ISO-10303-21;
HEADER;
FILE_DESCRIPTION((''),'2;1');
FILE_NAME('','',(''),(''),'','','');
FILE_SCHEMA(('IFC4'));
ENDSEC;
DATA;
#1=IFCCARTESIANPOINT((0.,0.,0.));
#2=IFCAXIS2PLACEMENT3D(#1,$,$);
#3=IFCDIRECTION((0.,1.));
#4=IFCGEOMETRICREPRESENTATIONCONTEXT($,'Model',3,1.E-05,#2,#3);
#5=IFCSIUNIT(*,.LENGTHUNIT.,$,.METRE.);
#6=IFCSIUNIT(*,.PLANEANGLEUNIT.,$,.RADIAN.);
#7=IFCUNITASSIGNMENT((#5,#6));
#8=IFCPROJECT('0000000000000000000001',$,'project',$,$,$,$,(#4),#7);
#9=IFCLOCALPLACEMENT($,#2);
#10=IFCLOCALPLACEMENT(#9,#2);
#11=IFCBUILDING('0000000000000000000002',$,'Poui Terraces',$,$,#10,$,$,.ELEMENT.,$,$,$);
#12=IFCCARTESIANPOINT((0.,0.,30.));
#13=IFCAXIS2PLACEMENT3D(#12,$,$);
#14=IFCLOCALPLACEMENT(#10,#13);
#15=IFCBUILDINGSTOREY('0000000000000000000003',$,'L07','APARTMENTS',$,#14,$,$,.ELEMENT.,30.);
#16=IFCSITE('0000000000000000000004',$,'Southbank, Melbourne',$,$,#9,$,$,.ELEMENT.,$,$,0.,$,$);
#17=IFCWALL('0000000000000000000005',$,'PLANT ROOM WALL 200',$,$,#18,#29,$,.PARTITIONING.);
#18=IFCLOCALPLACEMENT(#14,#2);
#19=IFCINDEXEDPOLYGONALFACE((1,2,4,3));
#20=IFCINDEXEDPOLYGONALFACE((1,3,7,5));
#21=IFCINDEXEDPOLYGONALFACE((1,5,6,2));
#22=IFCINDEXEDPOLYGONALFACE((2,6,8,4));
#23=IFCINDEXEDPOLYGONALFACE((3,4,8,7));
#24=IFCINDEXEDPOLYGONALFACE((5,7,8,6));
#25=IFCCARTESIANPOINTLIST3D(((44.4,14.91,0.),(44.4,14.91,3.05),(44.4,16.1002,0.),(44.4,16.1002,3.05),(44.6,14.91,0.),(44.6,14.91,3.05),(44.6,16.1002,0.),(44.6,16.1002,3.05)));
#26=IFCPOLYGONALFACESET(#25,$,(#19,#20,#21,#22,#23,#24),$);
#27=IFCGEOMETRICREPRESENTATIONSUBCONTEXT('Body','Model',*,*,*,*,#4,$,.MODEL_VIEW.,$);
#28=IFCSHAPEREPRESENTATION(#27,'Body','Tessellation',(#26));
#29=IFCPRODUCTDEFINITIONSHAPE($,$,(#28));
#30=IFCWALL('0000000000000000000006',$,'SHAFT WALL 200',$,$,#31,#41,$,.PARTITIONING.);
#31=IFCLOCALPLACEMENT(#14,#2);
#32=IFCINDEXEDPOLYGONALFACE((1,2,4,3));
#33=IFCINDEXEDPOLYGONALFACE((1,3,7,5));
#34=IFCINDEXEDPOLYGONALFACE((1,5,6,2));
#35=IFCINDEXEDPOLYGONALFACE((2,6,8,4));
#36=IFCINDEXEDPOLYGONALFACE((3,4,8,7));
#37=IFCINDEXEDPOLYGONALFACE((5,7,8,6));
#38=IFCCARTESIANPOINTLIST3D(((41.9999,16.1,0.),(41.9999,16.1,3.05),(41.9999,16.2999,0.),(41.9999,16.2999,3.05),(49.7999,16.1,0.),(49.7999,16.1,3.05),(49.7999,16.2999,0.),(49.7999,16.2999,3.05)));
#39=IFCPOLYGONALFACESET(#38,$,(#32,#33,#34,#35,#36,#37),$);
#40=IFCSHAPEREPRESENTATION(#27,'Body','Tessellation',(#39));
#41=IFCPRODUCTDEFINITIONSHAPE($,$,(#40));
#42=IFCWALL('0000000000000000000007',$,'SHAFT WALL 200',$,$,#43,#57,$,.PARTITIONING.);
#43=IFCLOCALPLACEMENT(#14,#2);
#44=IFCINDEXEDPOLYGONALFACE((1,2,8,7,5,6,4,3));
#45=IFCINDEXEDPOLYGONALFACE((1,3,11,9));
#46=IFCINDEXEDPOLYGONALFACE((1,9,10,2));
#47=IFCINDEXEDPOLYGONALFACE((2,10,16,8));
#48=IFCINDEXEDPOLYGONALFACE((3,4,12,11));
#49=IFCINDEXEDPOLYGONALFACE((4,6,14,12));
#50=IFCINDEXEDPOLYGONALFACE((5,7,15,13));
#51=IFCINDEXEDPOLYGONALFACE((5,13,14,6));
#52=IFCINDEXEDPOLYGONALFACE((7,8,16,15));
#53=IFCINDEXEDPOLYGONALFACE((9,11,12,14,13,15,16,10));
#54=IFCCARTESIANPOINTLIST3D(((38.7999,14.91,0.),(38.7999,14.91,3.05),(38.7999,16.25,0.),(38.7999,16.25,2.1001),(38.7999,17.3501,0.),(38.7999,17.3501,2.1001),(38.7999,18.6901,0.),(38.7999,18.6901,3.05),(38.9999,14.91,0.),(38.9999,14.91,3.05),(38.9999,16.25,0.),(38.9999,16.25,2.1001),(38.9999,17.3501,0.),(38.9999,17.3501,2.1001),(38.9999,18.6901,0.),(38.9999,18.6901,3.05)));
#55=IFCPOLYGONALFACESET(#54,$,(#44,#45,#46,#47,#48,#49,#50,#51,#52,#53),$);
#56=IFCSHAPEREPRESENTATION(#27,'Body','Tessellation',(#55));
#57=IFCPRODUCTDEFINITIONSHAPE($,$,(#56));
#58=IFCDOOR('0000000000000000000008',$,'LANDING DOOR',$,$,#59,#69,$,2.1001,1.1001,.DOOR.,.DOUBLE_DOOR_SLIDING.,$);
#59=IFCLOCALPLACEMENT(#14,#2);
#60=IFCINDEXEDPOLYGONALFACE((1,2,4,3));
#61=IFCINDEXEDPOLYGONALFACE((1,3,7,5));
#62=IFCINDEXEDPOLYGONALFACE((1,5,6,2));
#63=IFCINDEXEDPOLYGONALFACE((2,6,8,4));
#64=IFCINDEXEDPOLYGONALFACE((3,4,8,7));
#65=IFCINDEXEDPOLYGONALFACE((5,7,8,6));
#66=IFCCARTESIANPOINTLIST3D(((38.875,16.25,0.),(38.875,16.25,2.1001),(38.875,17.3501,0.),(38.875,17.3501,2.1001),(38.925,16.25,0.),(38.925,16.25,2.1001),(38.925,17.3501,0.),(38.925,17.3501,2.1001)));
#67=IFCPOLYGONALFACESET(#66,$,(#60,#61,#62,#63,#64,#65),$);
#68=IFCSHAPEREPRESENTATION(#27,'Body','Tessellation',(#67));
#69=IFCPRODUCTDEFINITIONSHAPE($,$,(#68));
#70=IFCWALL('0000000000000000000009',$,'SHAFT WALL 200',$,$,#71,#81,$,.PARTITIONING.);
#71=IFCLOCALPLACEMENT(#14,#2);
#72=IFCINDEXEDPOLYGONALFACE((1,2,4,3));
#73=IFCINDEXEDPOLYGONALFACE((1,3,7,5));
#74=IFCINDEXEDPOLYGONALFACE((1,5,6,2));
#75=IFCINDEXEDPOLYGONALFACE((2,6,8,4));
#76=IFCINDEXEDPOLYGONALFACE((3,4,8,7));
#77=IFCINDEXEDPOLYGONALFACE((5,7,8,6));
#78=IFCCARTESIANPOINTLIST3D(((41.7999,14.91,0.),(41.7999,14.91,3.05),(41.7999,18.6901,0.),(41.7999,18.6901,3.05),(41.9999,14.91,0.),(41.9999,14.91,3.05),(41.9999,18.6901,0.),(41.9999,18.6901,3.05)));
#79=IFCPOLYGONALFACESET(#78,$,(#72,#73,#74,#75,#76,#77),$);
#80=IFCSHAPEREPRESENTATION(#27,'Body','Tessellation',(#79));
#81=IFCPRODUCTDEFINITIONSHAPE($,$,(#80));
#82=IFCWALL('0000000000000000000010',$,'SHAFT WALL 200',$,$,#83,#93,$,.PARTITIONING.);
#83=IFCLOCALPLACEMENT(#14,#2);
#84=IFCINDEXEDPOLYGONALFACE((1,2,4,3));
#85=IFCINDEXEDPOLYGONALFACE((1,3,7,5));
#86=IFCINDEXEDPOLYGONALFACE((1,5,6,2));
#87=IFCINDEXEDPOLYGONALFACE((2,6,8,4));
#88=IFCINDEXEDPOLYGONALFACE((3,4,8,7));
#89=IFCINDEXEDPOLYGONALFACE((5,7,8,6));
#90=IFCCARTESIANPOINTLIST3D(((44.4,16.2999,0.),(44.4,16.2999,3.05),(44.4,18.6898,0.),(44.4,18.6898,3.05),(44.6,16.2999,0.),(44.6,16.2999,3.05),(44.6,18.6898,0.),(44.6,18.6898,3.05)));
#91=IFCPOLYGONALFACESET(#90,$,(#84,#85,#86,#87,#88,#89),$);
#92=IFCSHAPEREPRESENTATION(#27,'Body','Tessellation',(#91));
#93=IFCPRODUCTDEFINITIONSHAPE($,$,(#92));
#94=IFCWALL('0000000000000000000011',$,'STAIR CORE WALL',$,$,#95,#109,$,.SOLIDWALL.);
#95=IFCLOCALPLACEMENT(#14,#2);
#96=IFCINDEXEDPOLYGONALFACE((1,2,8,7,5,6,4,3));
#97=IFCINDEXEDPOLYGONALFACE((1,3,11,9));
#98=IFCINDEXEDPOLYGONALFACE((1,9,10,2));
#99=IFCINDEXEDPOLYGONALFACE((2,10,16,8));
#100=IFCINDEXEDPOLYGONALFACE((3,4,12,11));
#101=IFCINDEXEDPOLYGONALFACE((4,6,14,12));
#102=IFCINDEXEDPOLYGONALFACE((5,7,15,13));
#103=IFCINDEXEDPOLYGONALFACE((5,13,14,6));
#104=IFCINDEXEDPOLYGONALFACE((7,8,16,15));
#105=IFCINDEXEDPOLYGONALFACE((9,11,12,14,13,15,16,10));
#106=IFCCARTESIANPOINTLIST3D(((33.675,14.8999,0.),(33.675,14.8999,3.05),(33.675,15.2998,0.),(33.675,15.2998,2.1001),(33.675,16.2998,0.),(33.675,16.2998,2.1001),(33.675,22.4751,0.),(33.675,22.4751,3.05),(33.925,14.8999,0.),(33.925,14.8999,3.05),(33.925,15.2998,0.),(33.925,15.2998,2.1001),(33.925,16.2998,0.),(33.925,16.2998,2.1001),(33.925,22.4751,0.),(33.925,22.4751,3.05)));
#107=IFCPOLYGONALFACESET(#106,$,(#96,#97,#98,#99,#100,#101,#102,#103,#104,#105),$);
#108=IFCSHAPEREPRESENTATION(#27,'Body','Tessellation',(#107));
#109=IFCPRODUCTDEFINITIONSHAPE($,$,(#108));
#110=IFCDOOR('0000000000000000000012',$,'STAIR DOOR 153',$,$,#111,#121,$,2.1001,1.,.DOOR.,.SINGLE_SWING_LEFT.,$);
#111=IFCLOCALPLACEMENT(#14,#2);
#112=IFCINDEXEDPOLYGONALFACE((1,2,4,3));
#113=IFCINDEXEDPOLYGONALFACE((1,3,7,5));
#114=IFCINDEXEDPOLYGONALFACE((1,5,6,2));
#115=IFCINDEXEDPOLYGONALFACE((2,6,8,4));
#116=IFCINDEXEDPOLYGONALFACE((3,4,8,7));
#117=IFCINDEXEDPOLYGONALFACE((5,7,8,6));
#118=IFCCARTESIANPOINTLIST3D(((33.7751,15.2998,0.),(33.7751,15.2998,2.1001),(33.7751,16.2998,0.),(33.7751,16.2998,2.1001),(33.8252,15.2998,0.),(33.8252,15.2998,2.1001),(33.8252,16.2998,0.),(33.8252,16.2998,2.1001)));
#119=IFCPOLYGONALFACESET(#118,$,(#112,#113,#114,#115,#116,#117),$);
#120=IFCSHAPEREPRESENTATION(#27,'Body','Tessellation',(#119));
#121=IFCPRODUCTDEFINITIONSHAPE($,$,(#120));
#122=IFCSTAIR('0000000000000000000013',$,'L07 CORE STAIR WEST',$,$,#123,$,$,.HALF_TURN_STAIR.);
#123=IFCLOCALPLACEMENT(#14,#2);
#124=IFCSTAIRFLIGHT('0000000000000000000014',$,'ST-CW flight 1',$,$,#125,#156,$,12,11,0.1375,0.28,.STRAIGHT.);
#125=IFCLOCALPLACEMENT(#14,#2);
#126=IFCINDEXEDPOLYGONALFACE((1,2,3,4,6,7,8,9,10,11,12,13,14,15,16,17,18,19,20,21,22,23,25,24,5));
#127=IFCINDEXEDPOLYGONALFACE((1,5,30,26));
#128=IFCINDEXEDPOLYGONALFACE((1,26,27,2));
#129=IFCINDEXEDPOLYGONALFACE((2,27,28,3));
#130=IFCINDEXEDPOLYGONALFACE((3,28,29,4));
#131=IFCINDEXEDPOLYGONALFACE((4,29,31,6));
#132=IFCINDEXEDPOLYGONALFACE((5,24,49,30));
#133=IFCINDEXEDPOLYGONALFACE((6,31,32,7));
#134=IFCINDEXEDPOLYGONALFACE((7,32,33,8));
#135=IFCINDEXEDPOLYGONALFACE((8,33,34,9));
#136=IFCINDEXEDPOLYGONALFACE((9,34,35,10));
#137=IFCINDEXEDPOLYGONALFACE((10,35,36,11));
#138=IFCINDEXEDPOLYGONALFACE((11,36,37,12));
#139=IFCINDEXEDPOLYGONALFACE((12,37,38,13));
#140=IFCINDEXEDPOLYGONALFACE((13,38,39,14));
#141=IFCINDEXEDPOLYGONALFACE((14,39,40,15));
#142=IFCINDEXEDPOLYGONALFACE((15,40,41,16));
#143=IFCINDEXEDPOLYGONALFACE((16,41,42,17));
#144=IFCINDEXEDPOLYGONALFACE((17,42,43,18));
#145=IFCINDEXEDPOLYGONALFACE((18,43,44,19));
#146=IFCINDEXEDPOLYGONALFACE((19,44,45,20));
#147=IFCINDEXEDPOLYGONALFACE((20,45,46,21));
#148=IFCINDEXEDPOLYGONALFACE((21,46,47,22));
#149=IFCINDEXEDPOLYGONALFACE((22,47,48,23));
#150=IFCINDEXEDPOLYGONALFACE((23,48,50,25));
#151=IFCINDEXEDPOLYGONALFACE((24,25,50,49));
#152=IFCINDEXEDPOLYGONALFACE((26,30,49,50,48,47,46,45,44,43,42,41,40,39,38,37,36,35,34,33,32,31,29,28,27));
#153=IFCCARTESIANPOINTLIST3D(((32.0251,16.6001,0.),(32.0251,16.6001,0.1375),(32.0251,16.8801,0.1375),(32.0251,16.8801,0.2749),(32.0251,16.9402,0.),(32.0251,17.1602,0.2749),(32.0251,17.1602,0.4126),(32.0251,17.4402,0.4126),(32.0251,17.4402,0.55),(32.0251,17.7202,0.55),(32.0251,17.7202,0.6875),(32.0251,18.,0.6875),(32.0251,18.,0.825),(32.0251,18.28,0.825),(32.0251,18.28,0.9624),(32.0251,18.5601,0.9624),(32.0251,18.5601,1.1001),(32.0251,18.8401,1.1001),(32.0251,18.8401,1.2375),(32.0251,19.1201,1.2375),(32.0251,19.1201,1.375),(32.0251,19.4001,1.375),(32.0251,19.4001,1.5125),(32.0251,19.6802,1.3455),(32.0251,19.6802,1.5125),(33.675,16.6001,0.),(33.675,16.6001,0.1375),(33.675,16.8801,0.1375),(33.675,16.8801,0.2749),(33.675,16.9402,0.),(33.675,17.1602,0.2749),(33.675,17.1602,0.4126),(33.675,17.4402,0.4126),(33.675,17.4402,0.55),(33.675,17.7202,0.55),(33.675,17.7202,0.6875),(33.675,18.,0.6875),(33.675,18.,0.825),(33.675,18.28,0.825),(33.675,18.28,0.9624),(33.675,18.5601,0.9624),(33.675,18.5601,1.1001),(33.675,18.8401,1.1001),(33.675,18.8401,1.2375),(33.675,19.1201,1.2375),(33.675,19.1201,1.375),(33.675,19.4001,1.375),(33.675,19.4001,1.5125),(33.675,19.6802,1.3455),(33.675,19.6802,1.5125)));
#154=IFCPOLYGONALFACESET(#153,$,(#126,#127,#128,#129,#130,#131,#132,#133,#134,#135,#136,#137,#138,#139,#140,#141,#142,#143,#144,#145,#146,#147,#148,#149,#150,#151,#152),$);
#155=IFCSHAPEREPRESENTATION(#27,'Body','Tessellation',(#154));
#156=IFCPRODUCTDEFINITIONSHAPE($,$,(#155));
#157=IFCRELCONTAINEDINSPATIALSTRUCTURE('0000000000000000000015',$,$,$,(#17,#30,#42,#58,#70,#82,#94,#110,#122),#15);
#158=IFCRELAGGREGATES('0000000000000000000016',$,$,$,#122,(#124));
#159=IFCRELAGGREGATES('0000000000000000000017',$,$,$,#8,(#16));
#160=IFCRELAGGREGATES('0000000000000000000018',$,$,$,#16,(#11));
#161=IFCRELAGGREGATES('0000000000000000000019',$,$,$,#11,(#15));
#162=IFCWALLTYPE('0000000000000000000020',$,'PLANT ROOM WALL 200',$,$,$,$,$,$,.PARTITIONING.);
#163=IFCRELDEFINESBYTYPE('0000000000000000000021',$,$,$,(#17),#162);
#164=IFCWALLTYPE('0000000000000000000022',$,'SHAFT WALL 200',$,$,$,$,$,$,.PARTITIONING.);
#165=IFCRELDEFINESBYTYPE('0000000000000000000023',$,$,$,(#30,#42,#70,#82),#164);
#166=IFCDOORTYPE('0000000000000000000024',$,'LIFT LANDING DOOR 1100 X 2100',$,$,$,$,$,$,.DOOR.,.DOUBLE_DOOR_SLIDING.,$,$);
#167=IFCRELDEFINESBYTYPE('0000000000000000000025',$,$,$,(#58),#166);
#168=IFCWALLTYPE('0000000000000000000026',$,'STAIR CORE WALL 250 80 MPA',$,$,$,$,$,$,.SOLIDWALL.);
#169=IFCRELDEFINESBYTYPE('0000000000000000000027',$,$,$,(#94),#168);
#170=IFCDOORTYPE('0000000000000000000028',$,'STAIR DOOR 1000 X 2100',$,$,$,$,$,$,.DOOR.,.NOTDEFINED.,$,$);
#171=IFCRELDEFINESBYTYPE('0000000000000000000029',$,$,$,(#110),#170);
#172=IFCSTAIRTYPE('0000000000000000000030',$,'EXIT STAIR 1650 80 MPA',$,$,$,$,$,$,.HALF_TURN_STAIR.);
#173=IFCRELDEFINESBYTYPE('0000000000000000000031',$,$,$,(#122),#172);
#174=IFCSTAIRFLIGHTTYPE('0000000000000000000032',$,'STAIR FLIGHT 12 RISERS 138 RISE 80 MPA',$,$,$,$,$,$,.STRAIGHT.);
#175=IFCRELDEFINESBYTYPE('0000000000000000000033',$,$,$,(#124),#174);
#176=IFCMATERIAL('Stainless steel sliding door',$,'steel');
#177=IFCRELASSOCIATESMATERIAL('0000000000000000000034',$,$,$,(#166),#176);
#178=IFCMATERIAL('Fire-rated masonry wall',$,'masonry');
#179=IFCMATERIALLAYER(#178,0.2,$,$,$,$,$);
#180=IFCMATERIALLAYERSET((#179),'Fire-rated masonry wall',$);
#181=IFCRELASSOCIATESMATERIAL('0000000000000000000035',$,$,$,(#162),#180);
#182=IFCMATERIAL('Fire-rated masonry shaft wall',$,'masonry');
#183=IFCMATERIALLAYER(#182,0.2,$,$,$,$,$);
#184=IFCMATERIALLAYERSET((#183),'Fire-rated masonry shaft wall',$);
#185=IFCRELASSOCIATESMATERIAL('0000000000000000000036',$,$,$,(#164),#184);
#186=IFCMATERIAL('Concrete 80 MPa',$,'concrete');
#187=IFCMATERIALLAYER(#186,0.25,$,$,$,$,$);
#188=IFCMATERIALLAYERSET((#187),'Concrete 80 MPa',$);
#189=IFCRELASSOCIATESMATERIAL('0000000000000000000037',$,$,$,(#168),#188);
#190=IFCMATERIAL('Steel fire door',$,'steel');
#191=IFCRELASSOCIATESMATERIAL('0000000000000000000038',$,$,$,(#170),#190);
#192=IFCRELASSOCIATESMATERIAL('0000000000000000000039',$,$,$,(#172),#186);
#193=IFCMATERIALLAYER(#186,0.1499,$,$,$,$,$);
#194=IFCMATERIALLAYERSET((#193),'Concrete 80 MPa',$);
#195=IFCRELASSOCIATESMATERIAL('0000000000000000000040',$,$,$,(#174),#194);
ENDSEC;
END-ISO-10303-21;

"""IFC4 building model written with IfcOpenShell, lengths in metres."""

from ifc_helpers import new_model, si_unit, direction, frame, frame_2d, origin, place, context, subcontext, project, spatial, polyline, rectangle, outline, extrude, material, layer, layer_set, type_object, element, fill, aggregate, save


model = new_model("IFC4")

# Units and contexts
model_context = context("Model", 3, precision=1e-05, world=origin(), true_north=direction((0.0, 1.0)))
body_context = subcontext(model_context, "Body", "Model", "MODEL_VIEW")
ifc_project = project(units=[si_unit("LENGTHUNIT", "METRE"), si_unit("PLANEANGLEUNIT", "RADIAN")], contexts=[model_context])

# Site, building, storey
site_placement = place(None, origin())
site = spatial("IfcSite", under=ifc_project, at=site_placement, Name="Southbank, Melbourne", CompositionType="ELEMENT", RefElevation=0.0)
building_placement = place(site_placement, origin())
building = spatial("IfcBuilding", under=site, at=building_placement, Name="Poui Terraces", CompositionType="ELEMENT")
storey_placement = place(building_placement, frame((0.0, 0.0, 30.0)))
storey = spatial("IfcBuildingStorey", under=building, at=storey_placement, Name="L07", Description="APARTMENTS", CompositionType="ELEMENT", Elevation=30.0)

# Shared definitions
ifc_material_1 = material(Name="Concrete 80 MPa", Category="concrete")
ifc_material_2 = material(Name="Steel fire door", Category="steel")
ifc_material_3 = material(Name="Stainless steel sliding door", Category="steel")
door_type_1 = type_object("IfcDoorType", Name="LIFT LANDING DOOR 1100 X 2100", OperationType="DOUBLE_DOOR_SLIDING", PredefinedType="DOOR", material=ifc_material_3)

# Walls
ifc_material_4 = material(Name="Fire-rated masonry wall", Category="masonry")
ifc_layer_1 = layer(ifc_material_4, 0.2)
ifc_layer_set_1 = layer_set([ifc_layer_1], Name="Fire-rated masonry wall")
wall_type_1 = type_object("IfcWallType", Name="PLANT ROOM WALL 200", PredefinedType="PARTITIONING", material=ifc_layer_set_1)
wall_1_placement = place(storey_placement, frame((44.5, 14.9099, 0.0), z_axis=(0.0, 0.0, 1.0), x_axis=(0.0, 1.0, 0.0)))
element("IfcWall", 1, at=wall_1_placement, inside=storey, type_object=wall_type_1, Name="PLANT ROOM WALL 200", PredefinedType="PARTITIONING", context=body_context, shape_type="SweptSolid", body=[
    extrude(rectangle(XDim=1.1902, YDim=0.2, at=frame_2d((0.5952, 0.0))), origin(), (0.0, 0.0, 1.0), 3.05),
])
ifc_material_5 = material(Name="Fire-rated masonry shaft wall", Category="masonry")
ifc_layer_2 = layer(ifc_material_5, 0.2)
ifc_layer_set_2 = layer_set([ifc_layer_2], Name="Fire-rated masonry shaft wall")
wall_type_2 = type_object("IfcWallType", Name="SHAFT WALL 200", PredefinedType="PARTITIONING", material=ifc_layer_set_2)
wall_2_placement = place(storey_placement, frame((42.0, 16.2, 0.0), z_axis=(0.0, 0.0, 1.0), x_axis=(1.0, 0.0, 0.0)))
element("IfcWall", 2, at=wall_2_placement, inside=storey, type_object=wall_type_2, Name="SHAFT WALL 200", PredefinedType="PARTITIONING", context=body_context, shape_type="SweptSolid", body=[
    extrude(rectangle(XDim=7.8, YDim=0.2, at=frame_2d((3.8999, 0.0))), origin(), (0.0, 0.0, 1.0), 3.05),
])

# Wall, opening, door
wall_3_placement = place(storey_placement, frame((38.8999, 14.9099, 0.0), z_axis=(0.0, 0.0, 1.0), x_axis=(0.0, 1.0, 0.0)))
wall_3 = element("IfcWall", 3, at=wall_3_placement, inside=storey, type_object=wall_type_2, Name="SHAFT WALL 200", PredefinedType="PARTITIONING", context=body_context, shape_type="SweptSolid", body=[
    extrude(rectangle(XDim=3.78, YDim=0.2, at=frame_2d((1.8901, 0.0))), origin(), (0.0, 0.0, 1.0), 3.05),
])
opening_1_placement = place(wall_3_placement, frame((1.3401, 0.0, 0.0)))
opening_1 = element("IfcOpeningElement", 4, at=opening_1_placement, cuts=wall_3, PredefinedType="OPENING", context=body_context, shape_type="SweptSolid", body=[
    extrude(rectangle(XDim=1.1001, YDim=2.1001, at=frame_2d((0.55, 1.05))), frame((0.0, 0.1099, 0.0), z_axis=(0.0, -1.0, 0.0), x_axis=(1.0, 0.0, 0.0)), (0.0, 0.0, 1.0), 0.22),
])
door_1_placement = place(opening_1_placement, origin())
door_1 = element("IfcDoor", 5, at=door_1_placement, inside=storey, type_object=door_type_1, Name="LANDING DOOR", OperationType="DOUBLE_DOOR_SLIDING", OverallHeight=2.1001, OverallWidth=1.1001, PredefinedType="DOOR", context=body_context, shape_type="SweptSolid", body=[
    extrude(rectangle(XDim=1.1001, YDim=2.1001, at=frame_2d((0.55, 1.05))), frame((0.0, 0.0249, 0.0), z_axis=(0.0, -1.0, 0.0), x_axis=(1.0, 0.0, 0.0)), (0.0, 0.0, 1.0), 0.05),
])
fill(opening_1, door_1)

# Walls
wall_4_placement = place(storey_placement, frame((41.8999, 14.9099, 0.0), z_axis=(0.0, 0.0, 1.0), x_axis=(0.0, 1.0, 0.0)))
element("IfcWall", 6, at=wall_4_placement, inside=storey, type_object=wall_type_2, Name="SHAFT WALL 200", PredefinedType="PARTITIONING", context=body_context, shape_type="SweptSolid", body=[
    extrude(rectangle(XDim=3.78, YDim=0.2, at=frame_2d((1.8901, 0.0))), origin(), (0.0, 0.0, 1.0), 3.05),
])
wall_5_placement = place(storey_placement, frame((44.5, 16.3, 0.0), z_axis=(0.0, 0.0, 1.0), x_axis=(0.0, 1.0, 0.0)))
element("IfcWall", 7, at=wall_5_placement, inside=storey, type_object=wall_type_2, Name="SHAFT WALL 200", PredefinedType="PARTITIONING", context=body_context, shape_type="SweptSolid", body=[
    extrude(rectangle(XDim=2.3899, YDim=0.2, at=frame_2d((1.1948, 0.0))), origin(), (0.0, 0.0, 1.0), 3.05),
])

# Wall, opening, door
ifc_layer_3 = layer(ifc_material_1, 0.25)
ifc_layer_set_3 = layer_set([ifc_layer_3], Name="Concrete 80 MPa")
wall_type_3 = type_object("IfcWallType", Name="STAIR CORE WALL 250 80 MPA", PredefinedType="SOLIDWALL", material=ifc_layer_set_3)
wall_6_placement = place(storey_placement, frame((33.8, 14.8999, 0.0), z_axis=(0.0, 0.0, 1.0), x_axis=(0.0, 1.0, 0.0)))
wall_6 = element("IfcWall", 8, at=wall_6_placement, inside=storey, type_object=wall_type_3, Name="STAIR CORE WALL", PredefinedType="SOLIDWALL", context=body_context, shape_type="SweptSolid", body=[
    extrude(rectangle(XDim=7.5752, YDim=0.25, at=frame_2d((3.7876, 0.0))), origin(), (0.0, 0.0, 1.0), 3.05),
])
opening_2_placement = place(wall_6_placement, frame((0.3999, 0.0, 0.0)))
opening_2 = element("IfcOpeningElement", 9, at=opening_2_placement, cuts=wall_6, PredefinedType="OPENING", context=body_context, shape_type="SweptSolid", body=[
    extrude(rectangle(XDim=1.0, YDim=2.1001, at=frame_2d((0.5, 1.05))), frame((0.0, 0.135, 0.0), z_axis=(0.0, -1.0, 0.0), x_axis=(1.0, 0.0, 0.0)), (0.0, 0.0, 1.0), 0.27),
])
door_type_2 = type_object("IfcDoorType", Name="STAIR DOOR 1000 X 2100", OperationType="NOTDEFINED", PredefinedType="DOOR", material=ifc_material_2)
door_2_placement = place(opening_2_placement, origin())
door_2 = element("IfcDoor", 10, at=door_2_placement, inside=storey, type_object=door_type_2, Name="STAIR DOOR 153", OperationType="SINGLE_SWING_LEFT", OverallHeight=2.1001, OverallWidth=1.0, PredefinedType="DOOR", context=body_context, shape_type="SweptSolid", body=[
    extrude(rectangle(XDim=1.0, YDim=2.1001, at=frame_2d((0.5, 1.05))), frame((0.0, 0.0249, 0.0), z_axis=(0.0, -1.0, 0.0), x_axis=(1.0, 0.0, 0.0)), (0.0, 0.0, 1.0), 0.05),
])
fill(opening_2, door_2)

# Stair, stair flight
stair_type = type_object("IfcStairType", Name="EXIT STAIR 1650 80 MPA", PredefinedType="HALF_TURN_STAIR", material=ifc_material_1)
stair_placement = place(storey_placement, origin())
stair = element("IfcStair", 11, at=stair_placement, inside=storey, type_object=stair_type, Name="L07 CORE STAIR WEST", PredefinedType="HALF_TURN_STAIR")
ifc_layer_4 = layer(ifc_material_1, 0.1499)
ifc_layer_set_4 = layer_set([ifc_layer_4], Name="Concrete 80 MPa")
stair_flight_type = type_object("IfcStairFlightType", Name="STAIR FLIGHT 12 RISERS 138 RISE 80 MPA", PredefinedType="STRAIGHT", material=ifc_layer_set_4)
stair_flight_1_placement = place(storey_placement, frame((32.8501, 16.6001, 0.0), z_axis=(0.0, 0.0, 1.0), x_axis=(0.0, 1.0, 0.0)))
stair_flight_1 = element("IfcStairFlight", 12, at=stair_flight_1_placement, type_object=stair_flight_type, Name="ST-CW flight 1", NumberOfRisers=12, NumberOfTreads=11, PredefinedType="STRAIGHT", RiserHeight=0.1375, TreadLength=0.28, context=body_context, shape_type="SweptSolid", body=[
    extrude(outline(polyline([(0.0, 0.0), (0.0, 0.1375), (0.28, 0.1375), (0.28, 0.2749), (0.5601, 0.2749), (0.5601, 0.4126), (0.8401, 0.4126), (0.8401, 0.55), (1.1201, 0.55), (1.1201, 0.6875), (1.3999, 0.6875), (1.3999, 0.825), (1.6799, 0.825), (1.6799, 0.9624), (1.96, 0.9624), (1.96, 1.1001), (2.24, 1.1001), (2.24, 1.2375), (2.52, 1.2375), (2.52, 1.375), (2.8, 1.375), (2.8, 1.5125), (3.0801, 1.5125), (3.0801, 1.6499), (3.0801, 1.3455), (0.3401, 0.0), (0.0, 0.0)])), frame((0.0, 0.825, 0.0), z_axis=(0.0, -1.0, 0.0), x_axis=(1.0, 0.0, 0.0)), (0.0, 0.0, 1.0), 1.6499),
])
aggregate(stair, [stair_flight_1])

save(model, "model.ifc")
